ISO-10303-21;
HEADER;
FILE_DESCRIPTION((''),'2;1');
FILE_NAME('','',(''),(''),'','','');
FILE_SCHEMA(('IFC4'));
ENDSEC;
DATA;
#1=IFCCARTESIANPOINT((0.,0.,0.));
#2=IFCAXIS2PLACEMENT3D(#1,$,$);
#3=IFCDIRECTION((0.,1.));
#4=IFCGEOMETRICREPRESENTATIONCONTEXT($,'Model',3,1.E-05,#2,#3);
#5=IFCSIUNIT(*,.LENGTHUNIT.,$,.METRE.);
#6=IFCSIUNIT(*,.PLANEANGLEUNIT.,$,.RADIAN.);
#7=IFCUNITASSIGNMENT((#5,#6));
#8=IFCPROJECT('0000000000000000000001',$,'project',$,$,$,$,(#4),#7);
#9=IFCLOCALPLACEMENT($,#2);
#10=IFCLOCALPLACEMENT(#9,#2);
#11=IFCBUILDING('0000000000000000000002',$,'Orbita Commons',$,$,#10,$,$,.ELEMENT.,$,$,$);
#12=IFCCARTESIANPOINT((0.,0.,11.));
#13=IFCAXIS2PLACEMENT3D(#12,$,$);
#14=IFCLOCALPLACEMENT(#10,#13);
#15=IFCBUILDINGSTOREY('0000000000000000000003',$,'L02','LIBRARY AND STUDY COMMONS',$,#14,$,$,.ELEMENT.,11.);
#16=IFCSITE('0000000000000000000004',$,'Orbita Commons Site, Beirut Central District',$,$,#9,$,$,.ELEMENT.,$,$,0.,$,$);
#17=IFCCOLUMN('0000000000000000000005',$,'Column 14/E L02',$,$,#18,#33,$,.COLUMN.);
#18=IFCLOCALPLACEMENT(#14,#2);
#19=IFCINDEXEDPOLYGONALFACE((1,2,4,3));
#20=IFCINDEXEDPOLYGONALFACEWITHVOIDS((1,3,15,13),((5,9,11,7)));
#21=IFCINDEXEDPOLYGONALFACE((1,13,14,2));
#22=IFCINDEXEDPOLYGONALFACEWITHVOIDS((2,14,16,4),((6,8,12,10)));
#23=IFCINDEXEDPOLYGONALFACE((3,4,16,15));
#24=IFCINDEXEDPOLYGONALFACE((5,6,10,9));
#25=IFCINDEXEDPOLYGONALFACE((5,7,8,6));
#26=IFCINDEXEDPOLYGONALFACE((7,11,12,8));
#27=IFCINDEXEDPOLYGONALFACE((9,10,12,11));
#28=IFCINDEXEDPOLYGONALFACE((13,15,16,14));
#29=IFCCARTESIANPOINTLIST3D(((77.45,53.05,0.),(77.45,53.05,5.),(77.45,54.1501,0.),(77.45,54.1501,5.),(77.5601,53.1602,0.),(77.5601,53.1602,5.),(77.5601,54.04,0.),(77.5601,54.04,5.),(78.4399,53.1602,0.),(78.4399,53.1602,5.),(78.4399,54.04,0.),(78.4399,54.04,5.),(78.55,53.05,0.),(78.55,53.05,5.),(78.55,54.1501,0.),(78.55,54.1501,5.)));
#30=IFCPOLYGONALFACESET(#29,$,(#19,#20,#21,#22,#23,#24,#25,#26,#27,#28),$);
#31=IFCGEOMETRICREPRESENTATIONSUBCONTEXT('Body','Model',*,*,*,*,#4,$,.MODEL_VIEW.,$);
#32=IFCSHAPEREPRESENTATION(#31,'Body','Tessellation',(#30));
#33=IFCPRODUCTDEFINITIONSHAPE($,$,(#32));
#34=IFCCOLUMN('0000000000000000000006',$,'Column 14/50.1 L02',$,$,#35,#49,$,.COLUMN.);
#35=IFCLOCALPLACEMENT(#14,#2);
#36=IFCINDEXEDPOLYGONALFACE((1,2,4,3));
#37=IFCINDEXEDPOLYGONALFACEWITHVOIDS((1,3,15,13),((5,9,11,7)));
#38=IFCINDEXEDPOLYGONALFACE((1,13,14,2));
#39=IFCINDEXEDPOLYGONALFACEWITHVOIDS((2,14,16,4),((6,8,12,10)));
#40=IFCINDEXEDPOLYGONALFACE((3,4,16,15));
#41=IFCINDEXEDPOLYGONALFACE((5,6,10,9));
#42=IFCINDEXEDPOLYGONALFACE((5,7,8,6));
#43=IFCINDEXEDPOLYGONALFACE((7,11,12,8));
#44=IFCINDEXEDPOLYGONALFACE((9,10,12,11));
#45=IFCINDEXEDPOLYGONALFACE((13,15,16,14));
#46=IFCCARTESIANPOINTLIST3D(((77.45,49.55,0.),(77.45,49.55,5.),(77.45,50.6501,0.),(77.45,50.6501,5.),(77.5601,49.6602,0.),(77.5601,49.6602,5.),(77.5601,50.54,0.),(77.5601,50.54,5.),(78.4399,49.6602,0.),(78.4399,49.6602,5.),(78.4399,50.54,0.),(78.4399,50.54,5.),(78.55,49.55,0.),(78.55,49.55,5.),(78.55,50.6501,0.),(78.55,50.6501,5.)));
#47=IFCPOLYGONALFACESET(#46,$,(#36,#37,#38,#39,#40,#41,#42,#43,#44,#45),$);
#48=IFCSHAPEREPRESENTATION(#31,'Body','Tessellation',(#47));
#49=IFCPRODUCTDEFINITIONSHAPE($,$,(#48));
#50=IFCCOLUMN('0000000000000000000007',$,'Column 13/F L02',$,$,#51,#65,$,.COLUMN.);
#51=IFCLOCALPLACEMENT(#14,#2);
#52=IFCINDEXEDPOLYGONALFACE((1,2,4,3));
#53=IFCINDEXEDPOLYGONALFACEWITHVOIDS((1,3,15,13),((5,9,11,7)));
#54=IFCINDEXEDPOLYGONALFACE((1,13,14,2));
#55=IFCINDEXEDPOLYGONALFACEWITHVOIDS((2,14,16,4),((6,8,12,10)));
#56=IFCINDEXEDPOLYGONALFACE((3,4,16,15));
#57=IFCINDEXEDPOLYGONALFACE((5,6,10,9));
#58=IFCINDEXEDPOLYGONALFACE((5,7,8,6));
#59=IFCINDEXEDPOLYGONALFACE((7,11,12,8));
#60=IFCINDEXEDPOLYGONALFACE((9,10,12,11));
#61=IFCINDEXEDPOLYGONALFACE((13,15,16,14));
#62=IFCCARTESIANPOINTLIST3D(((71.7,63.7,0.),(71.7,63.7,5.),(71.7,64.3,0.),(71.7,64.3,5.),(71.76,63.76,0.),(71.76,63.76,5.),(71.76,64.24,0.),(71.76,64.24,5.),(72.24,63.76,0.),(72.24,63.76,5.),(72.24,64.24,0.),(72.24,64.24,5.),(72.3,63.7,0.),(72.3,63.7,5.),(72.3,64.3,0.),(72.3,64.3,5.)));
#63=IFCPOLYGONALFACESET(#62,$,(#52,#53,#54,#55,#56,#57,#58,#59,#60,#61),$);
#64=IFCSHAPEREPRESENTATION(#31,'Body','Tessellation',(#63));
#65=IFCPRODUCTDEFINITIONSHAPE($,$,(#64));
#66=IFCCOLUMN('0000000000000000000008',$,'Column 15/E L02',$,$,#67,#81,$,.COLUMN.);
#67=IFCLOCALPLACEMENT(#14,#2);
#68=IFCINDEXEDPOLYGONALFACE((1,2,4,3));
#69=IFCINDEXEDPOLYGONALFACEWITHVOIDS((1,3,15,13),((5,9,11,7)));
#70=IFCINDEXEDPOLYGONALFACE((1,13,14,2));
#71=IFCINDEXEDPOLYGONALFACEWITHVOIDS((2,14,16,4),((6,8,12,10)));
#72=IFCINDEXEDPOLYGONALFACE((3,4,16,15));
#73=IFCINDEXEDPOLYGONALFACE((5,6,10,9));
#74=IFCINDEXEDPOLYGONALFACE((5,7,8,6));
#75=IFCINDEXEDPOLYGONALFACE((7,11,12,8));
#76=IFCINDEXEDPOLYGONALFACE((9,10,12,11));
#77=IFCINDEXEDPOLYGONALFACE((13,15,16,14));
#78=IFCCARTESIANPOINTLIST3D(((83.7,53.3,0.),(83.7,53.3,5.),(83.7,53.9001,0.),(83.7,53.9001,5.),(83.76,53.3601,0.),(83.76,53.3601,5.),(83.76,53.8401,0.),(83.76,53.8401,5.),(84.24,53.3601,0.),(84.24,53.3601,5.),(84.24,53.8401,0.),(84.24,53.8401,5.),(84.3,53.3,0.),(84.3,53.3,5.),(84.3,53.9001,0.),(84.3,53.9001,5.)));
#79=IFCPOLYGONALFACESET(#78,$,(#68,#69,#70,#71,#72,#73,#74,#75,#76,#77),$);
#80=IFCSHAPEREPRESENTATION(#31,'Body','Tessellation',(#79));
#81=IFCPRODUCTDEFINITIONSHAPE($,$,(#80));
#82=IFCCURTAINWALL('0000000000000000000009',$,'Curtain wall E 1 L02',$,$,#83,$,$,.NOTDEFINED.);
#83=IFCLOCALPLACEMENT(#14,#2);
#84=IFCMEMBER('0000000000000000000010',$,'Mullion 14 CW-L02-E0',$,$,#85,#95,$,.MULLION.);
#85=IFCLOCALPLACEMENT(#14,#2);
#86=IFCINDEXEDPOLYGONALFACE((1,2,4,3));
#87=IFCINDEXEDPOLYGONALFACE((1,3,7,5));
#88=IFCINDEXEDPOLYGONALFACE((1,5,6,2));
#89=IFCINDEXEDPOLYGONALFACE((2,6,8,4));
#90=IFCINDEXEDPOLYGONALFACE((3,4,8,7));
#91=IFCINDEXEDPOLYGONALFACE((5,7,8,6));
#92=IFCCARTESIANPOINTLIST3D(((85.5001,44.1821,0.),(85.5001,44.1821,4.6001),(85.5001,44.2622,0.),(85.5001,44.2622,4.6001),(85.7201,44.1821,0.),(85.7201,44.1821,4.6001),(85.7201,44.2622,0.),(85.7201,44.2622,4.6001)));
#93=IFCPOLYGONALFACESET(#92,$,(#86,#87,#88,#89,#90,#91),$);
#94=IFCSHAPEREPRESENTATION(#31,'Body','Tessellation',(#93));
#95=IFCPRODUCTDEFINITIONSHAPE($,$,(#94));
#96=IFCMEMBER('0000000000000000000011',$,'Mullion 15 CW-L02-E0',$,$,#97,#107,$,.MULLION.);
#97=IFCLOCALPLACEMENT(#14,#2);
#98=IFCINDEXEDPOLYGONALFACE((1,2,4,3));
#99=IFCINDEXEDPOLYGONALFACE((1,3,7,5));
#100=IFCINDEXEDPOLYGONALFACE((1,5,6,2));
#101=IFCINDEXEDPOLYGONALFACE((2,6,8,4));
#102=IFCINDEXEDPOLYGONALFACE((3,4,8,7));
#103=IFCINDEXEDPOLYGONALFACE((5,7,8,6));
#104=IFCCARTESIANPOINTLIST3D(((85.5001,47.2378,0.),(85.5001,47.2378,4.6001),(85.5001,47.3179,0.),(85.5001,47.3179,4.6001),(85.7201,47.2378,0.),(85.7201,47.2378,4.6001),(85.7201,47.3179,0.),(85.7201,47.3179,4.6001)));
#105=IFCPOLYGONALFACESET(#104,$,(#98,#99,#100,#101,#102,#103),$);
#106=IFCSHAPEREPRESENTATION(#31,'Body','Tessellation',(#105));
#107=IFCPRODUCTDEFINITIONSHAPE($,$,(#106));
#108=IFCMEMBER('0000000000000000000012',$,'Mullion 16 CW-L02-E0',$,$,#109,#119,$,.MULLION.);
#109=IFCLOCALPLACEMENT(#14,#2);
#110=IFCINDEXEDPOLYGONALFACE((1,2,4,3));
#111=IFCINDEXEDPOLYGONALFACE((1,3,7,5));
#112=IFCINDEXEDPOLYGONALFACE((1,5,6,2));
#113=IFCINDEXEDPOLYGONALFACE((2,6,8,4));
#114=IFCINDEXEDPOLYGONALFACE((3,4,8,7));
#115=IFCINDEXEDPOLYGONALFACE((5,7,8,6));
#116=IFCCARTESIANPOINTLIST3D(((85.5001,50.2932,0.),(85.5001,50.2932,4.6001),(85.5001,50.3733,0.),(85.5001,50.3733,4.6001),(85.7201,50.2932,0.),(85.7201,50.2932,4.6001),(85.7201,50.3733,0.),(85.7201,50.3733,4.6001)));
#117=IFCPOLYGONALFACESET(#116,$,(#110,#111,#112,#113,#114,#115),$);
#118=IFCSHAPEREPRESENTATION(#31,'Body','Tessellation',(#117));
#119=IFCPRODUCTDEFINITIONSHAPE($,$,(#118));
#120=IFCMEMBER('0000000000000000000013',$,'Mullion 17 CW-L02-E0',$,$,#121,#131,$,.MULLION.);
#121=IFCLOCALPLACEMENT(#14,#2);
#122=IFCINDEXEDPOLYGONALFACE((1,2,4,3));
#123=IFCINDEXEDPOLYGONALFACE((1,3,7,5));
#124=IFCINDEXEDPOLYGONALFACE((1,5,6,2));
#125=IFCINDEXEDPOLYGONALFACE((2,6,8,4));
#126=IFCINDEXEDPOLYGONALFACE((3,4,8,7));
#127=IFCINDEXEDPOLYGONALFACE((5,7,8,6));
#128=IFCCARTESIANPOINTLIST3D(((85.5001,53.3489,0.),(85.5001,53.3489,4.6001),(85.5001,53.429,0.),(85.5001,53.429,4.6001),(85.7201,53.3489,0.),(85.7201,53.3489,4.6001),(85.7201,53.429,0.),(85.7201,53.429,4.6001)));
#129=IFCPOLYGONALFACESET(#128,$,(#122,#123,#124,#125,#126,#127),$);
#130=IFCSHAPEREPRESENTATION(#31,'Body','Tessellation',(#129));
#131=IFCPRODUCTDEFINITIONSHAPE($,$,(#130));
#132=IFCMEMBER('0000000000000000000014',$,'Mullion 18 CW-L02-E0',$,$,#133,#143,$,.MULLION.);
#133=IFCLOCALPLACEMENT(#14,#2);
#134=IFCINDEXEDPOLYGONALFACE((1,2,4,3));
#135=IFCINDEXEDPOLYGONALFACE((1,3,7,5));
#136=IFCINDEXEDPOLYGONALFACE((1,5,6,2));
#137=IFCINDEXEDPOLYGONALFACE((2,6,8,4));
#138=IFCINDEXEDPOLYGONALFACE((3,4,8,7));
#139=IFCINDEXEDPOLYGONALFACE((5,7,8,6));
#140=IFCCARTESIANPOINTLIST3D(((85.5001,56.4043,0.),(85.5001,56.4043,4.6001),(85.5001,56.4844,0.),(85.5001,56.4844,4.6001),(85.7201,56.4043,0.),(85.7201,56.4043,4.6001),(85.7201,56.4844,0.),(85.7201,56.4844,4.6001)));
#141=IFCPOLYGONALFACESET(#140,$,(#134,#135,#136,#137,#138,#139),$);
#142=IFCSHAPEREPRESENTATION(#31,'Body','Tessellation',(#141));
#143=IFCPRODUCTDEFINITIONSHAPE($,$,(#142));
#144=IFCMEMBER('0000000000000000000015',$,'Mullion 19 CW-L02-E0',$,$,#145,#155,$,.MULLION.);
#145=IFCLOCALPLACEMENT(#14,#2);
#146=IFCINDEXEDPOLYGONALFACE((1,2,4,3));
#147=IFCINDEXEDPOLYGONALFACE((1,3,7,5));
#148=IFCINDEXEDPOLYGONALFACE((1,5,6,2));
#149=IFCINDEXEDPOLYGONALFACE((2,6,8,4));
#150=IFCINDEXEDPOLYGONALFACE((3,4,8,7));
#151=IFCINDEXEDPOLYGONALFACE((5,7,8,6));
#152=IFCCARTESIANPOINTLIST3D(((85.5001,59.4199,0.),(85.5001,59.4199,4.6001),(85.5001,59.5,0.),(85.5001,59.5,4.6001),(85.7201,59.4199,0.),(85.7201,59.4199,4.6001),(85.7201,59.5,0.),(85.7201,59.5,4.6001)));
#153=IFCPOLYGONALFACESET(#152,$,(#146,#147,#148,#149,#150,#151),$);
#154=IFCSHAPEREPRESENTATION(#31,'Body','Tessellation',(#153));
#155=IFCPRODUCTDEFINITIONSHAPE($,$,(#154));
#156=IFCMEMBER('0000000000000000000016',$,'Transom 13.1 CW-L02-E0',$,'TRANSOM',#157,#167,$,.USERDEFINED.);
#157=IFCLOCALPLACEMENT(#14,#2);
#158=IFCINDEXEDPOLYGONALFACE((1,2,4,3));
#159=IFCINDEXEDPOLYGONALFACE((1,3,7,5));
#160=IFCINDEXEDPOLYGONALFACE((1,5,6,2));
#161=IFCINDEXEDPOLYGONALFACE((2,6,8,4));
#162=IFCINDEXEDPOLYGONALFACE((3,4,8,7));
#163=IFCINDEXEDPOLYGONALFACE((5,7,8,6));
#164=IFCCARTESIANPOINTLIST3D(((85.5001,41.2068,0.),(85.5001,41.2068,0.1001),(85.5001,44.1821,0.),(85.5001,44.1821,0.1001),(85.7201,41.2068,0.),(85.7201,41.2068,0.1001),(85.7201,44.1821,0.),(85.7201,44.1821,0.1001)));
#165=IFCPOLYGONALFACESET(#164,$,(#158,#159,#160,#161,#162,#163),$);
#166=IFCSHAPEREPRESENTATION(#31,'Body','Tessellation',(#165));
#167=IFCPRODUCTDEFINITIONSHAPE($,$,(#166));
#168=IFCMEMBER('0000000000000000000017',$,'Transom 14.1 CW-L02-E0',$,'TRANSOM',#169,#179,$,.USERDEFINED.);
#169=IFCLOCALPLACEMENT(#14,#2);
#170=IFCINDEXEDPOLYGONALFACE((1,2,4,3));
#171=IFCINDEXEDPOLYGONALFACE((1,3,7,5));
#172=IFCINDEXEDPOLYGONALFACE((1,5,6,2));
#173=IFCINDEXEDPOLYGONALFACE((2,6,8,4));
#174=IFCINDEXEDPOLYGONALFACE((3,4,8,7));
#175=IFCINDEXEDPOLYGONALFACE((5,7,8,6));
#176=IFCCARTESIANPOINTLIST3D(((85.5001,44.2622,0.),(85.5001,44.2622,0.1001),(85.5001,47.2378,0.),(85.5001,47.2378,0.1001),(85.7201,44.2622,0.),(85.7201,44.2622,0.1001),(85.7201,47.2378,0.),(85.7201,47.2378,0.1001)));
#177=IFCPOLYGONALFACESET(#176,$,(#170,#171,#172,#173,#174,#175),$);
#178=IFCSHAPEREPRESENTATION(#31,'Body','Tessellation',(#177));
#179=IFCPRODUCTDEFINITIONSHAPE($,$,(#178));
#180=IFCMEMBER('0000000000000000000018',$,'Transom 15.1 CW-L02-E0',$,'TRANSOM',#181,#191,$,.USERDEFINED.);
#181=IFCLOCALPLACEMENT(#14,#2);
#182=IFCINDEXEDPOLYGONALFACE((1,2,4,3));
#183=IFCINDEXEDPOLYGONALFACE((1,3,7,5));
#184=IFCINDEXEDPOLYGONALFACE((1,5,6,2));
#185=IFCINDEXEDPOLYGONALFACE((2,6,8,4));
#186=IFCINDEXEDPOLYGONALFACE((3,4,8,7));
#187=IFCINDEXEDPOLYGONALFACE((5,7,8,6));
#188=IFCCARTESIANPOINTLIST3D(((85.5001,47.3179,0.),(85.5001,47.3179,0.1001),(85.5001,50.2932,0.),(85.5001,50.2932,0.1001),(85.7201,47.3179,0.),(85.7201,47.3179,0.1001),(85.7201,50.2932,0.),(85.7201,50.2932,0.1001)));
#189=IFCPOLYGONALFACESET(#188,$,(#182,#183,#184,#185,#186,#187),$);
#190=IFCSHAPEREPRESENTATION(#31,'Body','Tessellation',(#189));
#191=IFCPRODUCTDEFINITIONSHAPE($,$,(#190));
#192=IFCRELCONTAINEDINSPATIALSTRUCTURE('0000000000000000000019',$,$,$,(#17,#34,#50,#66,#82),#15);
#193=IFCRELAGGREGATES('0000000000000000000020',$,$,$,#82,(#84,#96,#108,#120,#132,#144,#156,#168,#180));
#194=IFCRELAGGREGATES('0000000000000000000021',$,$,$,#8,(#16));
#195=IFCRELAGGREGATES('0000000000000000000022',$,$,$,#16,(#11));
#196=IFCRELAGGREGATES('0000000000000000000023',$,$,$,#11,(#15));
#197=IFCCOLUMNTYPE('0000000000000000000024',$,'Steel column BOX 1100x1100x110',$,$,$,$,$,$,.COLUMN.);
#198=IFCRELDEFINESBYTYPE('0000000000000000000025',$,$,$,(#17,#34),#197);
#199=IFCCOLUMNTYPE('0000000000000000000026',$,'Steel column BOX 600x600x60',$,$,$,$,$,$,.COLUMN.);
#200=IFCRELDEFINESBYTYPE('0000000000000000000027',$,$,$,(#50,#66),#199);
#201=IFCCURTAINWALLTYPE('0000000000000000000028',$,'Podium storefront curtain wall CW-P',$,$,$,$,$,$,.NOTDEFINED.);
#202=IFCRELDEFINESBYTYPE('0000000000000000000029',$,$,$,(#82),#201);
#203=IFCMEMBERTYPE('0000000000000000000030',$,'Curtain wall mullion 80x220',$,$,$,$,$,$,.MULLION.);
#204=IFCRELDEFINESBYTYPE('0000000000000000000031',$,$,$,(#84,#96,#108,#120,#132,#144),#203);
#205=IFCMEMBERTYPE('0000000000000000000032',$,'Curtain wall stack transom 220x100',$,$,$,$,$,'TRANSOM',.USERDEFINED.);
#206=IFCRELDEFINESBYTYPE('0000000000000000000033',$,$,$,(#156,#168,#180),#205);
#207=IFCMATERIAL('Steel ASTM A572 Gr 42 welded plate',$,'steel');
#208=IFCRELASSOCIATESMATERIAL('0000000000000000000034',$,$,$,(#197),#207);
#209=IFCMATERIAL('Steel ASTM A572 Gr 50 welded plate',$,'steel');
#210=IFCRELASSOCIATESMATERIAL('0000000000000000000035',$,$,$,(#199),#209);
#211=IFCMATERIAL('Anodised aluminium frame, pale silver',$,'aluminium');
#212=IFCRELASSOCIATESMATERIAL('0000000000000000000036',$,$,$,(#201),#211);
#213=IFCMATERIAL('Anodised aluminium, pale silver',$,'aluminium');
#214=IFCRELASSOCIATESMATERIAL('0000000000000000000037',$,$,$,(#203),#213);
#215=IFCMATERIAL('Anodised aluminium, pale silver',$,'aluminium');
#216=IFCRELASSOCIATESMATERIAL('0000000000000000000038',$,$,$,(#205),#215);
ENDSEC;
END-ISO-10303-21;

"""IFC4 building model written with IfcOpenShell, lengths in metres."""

from ifc_helpers import new_model, si_unit, direction, frame, origin, origin_2d, place, context, subcontext, project, spatial, rectangle, hollow_rectangle, extrude, material, material_profile, profile_set, type_object, element, aggregate, save


model = new_model("IFC4")

# Units and contexts
model_context = context("Model", 3, precision=1e-05, world=origin(), true_north=direction((0.0, 1.0)))
body_context = subcontext(model_context, "Body", "Model", "MODEL_VIEW")
ifc_project = project(units=[si_unit("LENGTHUNIT", "METRE"), si_unit("PLANEANGLEUNIT", "RADIAN")], contexts=[model_context])

# Site, building, storey
site_placement = place(None, origin())
site = spatial("IfcSite", under=ifc_project, at=site_placement, Name="Orbita Commons Site, Beirut Central District", CompositionType="ELEMENT", RefElevation=0.0)
building_placement = place(site_placement, origin())
building = spatial("IfcBuilding", under=site, at=building_placement, Name="Orbita Commons", CompositionType="ELEMENT")
storey_placement = place(building_placement, frame((0.0, 0.0, 11.0)))
storey = spatial("IfcBuildingStorey", under=building, at=storey_placement, Name="L02", Description="LIBRARY AND STUDY COMMONS", CompositionType="ELEMENT", Elevation=11.0)

# Columns
ifc_material_1 = material(Name="Steel ASTM A572 Gr 42 welded plate", Category="steel")
ifc_material_profile_1 = material_profile(ifc_material_1, hollow_rectangle(XDim=1.1001, YDim=1.1001, WallThickness=0.1101, at=origin_2d()), Name="BOX 1100x1100x110")
ifc_profile_set_1 = profile_set([ifc_material_profile_1], Name="Steel ASTM A572 Gr 42 welded plate")
column_type_1 = type_object("IfcColumnType", Name="Steel column BOX 1100x1100x110", PredefinedType="COLUMN", material=ifc_profile_set_1)
for number, where, z_axis, x_axis, name in (
    (1, (78.0, 53.6001, 0.0), (0.0, 0.0, 1.0), (1.0, 0.0, 0.0), "Column 14/E L02"),
    (2, (78.0, 50.1001, 0.0), (0.0, 0.0, 1.0), (1.0, 0.0, 0.0), "Column 14/50.1 L02"),
):
    element("IfcColumn", number, at=place(storey_placement, frame(where, z_axis=z_axis, x_axis=x_axis)), inside=storey, type_object=column_type_1, Name=name, PredefinedType="COLUMN", context=body_context, shape_type="SweptSolid", body=[
        extrude(hollow_rectangle(XDim=1.1001, YDim=1.1001, WallThickness=0.1101, at=origin_2d()), origin(), (0.0, 0.0, 1.0), 5.0),
    ])
ifc_material_2 = material(Name="Steel ASTM A572 Gr 50 welded plate", Category="steel")
ifc_material_profile_2 = material_profile(ifc_material_2, hollow_rectangle(XDim=0.6001, YDim=0.6001, WallThickness=0.0601, at=origin_2d()), Name="BOX 600x600x60")
ifc_profile_set_2 = profile_set([ifc_material_profile_2], Name="Steel ASTM A572 Gr 50 welded plate")
column_type_2 = type_object("IfcColumnType", Name="Steel column BOX 600x600x60", PredefinedType="COLUMN", material=ifc_profile_set_2)
for number, where, z_axis, x_axis, name in (
    (3, (72.0, 64.0, 0.0), (0.0, 0.0, 1.0), (1.0, 0.0, 0.0), "Column 13/F L02"),
    (4, (84.0, 53.6001, 0.0), (0.0, 0.0, 1.0), (1.0, 0.0, 0.0), "Column 15/E L02"),
):
    element("IfcColumn", number, at=place(storey_placement, frame(where, z_axis=z_axis, x_axis=x_axis)), inside=storey, type_object=column_type_2, Name=name, PredefinedType="COLUMN", context=body_context, shape_type="SweptSolid", body=[
        extrude(hollow_rectangle(XDim=0.6001, YDim=0.6001, WallThickness=0.0601, at=origin_2d()), origin(), (0.0, 0.0, 1.0), 5.0),
    ])

# Curtain wall, members
ifc_material_3 = material(Name="Anodised aluminium frame, pale silver", Category="aluminium")
curtain_wall_type = type_object("IfcCurtainWallType", Name="Podium storefront curtain wall CW-P", PredefinedType="NOTDEFINED", material=ifc_material_3)
curtain_wall_placement = place(storey_placement, origin())
curtain_wall = element("IfcCurtainWall", 5, at=curtain_wall_placement, inside=storey, type_object=curtain_wall_type, Name="Curtain wall E 1 L02", PredefinedType="NOTDEFINED")
ifc_material_4 = material(Name="Anodised aluminium, pale silver", Category="aluminium")
ifc_material_profile_3 = material_profile(ifc_material_4, rectangle(XDim=0.0801, YDim=0.22, at=origin_2d()), Name="AL 80x220")
ifc_profile_set_3 = profile_set([ifc_material_profile_3], Name="Anodised aluminium, pale silver")
member_type_1 = type_object("IfcMemberType", Name="Curtain wall mullion 80x220", PredefinedType="MULLION", material=ifc_profile_set_3)
member_1_placement = place(storey_placement, frame((85.6101, 44.2222, 0.0), z_axis=(0.0, 0.0, 1.0), x_axis=(0.0, 1.0, 0.0)))
member_1 = element("IfcMember", 6, at=member_1_placement, type_object=member_type_1, Name="Mullion 14 CW-L02-E0", PredefinedType="MULLION", context=body_context, shape_type="SweptSolid", body=[
    extrude(rectangle(XDim=0.0801, YDim=0.22, at=origin_2d()), origin(), (0.0, 0.0, 1.0), 4.6001),
])
member_2_placement = place(storey_placement, frame((85.6101, 47.2778, 0.0), z_axis=(0.0, 0.0, 1.0), x_axis=(0.0, 1.0, 0.0)))
member_2 = element("IfcMember", 7, at=member_2_placement, type_object=member_type_1, Name="Mullion 15 CW-L02-E0", PredefinedType="MULLION", context=body_context, shape_type="SweptSolid", body=[
    extrude(rectangle(XDim=0.0801, YDim=0.22, at=origin_2d()), origin(), (0.0, 0.0, 1.0), 4.6001),
])
member_3_placement = place(storey_placement, frame((85.6101, 50.3333, 0.0), z_axis=(0.0, 0.0, 1.0), x_axis=(0.0, 1.0, 0.0)))
member_3 = element("IfcMember", 8, at=member_3_placement, type_object=member_type_1, Name="Mullion 16 CW-L02-E0", PredefinedType="MULLION", context=body_context, shape_type="SweptSolid", body=[
    extrude(rectangle(XDim=0.0801, YDim=0.22, at=origin_2d()), origin(), (0.0, 0.0, 1.0), 4.6001),
])
member_4_placement = place(storey_placement, frame((85.6101, 53.3889, 0.0), z_axis=(0.0, 0.0, 1.0), x_axis=(0.0, 1.0, 0.0)))
member_4 = element("IfcMember", 9, at=member_4_placement, type_object=member_type_1, Name="Mullion 17 CW-L02-E0", PredefinedType="MULLION", context=body_context, shape_type="SweptSolid", body=[
    extrude(rectangle(XDim=0.0801, YDim=0.22, at=origin_2d()), origin(), (0.0, 0.0, 1.0), 4.6001),
])
member_5_placement = place(storey_placement, frame((85.6101, 56.4443, 0.0), z_axis=(0.0, 0.0, 1.0), x_axis=(0.0, 1.0, 0.0)))
member_5 = element("IfcMember", 10, at=member_5_placement, type_object=member_type_1, Name="Mullion 18 CW-L02-E0", PredefinedType="MULLION", context=body_context, shape_type="SweptSolid", body=[
    extrude(rectangle(XDim=0.0801, YDim=0.22, at=origin_2d()), origin(), (0.0, 0.0, 1.0), 4.6001),
])
member_6_placement = place(storey_placement, frame((85.6101, 59.46, 0.0), z_axis=(0.0, 0.0, 1.0), x_axis=(0.0, 1.0, 0.0)))
member_6 = element("IfcMember", 11, at=member_6_placement, type_object=member_type_1, Name="Mullion 19 CW-L02-E0", PredefinedType="MULLION", context=body_context, shape_type="SweptSolid", body=[
    extrude(rectangle(XDim=0.0801, YDim=0.22, at=origin_2d()), origin(), (0.0, 0.0, 1.0), 4.6001),
])
ifc_material_5 = material(Name="Anodised aluminium, pale silver", Category="aluminium")
ifc_material_profile_4 = material_profile(ifc_material_5, rectangle(XDim=0.22, YDim=0.1001, at=origin_2d()), Name="AL 220x100")
ifc_profile_set_4 = profile_set([ifc_material_profile_4], Name="Anodised aluminium, pale silver")
member_type_2 = type_object("IfcMemberType", Name="Curtain wall stack transom 220x100", ElementType="TRANSOM", PredefinedType="USERDEFINED", material=ifc_profile_set_4)
member_7_placement = place(storey_placement, frame((85.6101, 41.2068, 0.05), z_axis=(0.0, 1.0, 0.0), x_axis=(-1.0, 0.0, 0.0)))
member_7 = element("IfcMember", 12, at=member_7_placement, type_object=member_type_2, Name="Transom 13.1 CW-L02-E0", ObjectType="TRANSOM", PredefinedType="USERDEFINED", context=body_context, shape_type="SweptSolid", body=[
    extrude(rectangle(XDim=0.22, YDim=0.1001, at=origin_2d()), origin(), (0.0, 0.0, 1.0), 2.9753),
])
member_8_placement = place(storey_placement, frame((85.6101, 44.2622, 0.05), z_axis=(0.0, 1.0, 0.0), x_axis=(-1.0, 0.0, 0.0)))
member_8 = element("IfcMember", 13, at=member_8_placement, type_object=member_type_2, Name="Transom 14.1 CW-L02-E0", ObjectType="TRANSOM", PredefinedType="USERDEFINED", context=body_context, shape_type="SweptSolid", body=[
    extrude(rectangle(XDim=0.22, YDim=0.1001, at=origin_2d()), origin(), (0.0, 0.0, 1.0), 2.9756),
])
member_9_placement = place(storey_placement, frame((85.6101, 47.3179, 0.05), z_axis=(0.0, 1.0, 0.0), x_axis=(-1.0, 0.0, 0.0)))
member_9 = element("IfcMember", 14, at=member_9_placement, type_object=member_type_2, Name="Transom 15.1 CW-L02-E0", ObjectType="TRANSOM", PredefinedType="USERDEFINED", context=body_context, shape_type="SweptSolid", body=[
    extrude(rectangle(XDim=0.22, YDim=0.1001, at=origin_2d()), origin(), (0.0, 0.0, 1.0), 2.9753),
])

aggregate(curtain_wall, [member_1, member_2, member_3, member_4, member_5, member_6, member_7, member_8, member_9])

save(model, "model.ifc")
